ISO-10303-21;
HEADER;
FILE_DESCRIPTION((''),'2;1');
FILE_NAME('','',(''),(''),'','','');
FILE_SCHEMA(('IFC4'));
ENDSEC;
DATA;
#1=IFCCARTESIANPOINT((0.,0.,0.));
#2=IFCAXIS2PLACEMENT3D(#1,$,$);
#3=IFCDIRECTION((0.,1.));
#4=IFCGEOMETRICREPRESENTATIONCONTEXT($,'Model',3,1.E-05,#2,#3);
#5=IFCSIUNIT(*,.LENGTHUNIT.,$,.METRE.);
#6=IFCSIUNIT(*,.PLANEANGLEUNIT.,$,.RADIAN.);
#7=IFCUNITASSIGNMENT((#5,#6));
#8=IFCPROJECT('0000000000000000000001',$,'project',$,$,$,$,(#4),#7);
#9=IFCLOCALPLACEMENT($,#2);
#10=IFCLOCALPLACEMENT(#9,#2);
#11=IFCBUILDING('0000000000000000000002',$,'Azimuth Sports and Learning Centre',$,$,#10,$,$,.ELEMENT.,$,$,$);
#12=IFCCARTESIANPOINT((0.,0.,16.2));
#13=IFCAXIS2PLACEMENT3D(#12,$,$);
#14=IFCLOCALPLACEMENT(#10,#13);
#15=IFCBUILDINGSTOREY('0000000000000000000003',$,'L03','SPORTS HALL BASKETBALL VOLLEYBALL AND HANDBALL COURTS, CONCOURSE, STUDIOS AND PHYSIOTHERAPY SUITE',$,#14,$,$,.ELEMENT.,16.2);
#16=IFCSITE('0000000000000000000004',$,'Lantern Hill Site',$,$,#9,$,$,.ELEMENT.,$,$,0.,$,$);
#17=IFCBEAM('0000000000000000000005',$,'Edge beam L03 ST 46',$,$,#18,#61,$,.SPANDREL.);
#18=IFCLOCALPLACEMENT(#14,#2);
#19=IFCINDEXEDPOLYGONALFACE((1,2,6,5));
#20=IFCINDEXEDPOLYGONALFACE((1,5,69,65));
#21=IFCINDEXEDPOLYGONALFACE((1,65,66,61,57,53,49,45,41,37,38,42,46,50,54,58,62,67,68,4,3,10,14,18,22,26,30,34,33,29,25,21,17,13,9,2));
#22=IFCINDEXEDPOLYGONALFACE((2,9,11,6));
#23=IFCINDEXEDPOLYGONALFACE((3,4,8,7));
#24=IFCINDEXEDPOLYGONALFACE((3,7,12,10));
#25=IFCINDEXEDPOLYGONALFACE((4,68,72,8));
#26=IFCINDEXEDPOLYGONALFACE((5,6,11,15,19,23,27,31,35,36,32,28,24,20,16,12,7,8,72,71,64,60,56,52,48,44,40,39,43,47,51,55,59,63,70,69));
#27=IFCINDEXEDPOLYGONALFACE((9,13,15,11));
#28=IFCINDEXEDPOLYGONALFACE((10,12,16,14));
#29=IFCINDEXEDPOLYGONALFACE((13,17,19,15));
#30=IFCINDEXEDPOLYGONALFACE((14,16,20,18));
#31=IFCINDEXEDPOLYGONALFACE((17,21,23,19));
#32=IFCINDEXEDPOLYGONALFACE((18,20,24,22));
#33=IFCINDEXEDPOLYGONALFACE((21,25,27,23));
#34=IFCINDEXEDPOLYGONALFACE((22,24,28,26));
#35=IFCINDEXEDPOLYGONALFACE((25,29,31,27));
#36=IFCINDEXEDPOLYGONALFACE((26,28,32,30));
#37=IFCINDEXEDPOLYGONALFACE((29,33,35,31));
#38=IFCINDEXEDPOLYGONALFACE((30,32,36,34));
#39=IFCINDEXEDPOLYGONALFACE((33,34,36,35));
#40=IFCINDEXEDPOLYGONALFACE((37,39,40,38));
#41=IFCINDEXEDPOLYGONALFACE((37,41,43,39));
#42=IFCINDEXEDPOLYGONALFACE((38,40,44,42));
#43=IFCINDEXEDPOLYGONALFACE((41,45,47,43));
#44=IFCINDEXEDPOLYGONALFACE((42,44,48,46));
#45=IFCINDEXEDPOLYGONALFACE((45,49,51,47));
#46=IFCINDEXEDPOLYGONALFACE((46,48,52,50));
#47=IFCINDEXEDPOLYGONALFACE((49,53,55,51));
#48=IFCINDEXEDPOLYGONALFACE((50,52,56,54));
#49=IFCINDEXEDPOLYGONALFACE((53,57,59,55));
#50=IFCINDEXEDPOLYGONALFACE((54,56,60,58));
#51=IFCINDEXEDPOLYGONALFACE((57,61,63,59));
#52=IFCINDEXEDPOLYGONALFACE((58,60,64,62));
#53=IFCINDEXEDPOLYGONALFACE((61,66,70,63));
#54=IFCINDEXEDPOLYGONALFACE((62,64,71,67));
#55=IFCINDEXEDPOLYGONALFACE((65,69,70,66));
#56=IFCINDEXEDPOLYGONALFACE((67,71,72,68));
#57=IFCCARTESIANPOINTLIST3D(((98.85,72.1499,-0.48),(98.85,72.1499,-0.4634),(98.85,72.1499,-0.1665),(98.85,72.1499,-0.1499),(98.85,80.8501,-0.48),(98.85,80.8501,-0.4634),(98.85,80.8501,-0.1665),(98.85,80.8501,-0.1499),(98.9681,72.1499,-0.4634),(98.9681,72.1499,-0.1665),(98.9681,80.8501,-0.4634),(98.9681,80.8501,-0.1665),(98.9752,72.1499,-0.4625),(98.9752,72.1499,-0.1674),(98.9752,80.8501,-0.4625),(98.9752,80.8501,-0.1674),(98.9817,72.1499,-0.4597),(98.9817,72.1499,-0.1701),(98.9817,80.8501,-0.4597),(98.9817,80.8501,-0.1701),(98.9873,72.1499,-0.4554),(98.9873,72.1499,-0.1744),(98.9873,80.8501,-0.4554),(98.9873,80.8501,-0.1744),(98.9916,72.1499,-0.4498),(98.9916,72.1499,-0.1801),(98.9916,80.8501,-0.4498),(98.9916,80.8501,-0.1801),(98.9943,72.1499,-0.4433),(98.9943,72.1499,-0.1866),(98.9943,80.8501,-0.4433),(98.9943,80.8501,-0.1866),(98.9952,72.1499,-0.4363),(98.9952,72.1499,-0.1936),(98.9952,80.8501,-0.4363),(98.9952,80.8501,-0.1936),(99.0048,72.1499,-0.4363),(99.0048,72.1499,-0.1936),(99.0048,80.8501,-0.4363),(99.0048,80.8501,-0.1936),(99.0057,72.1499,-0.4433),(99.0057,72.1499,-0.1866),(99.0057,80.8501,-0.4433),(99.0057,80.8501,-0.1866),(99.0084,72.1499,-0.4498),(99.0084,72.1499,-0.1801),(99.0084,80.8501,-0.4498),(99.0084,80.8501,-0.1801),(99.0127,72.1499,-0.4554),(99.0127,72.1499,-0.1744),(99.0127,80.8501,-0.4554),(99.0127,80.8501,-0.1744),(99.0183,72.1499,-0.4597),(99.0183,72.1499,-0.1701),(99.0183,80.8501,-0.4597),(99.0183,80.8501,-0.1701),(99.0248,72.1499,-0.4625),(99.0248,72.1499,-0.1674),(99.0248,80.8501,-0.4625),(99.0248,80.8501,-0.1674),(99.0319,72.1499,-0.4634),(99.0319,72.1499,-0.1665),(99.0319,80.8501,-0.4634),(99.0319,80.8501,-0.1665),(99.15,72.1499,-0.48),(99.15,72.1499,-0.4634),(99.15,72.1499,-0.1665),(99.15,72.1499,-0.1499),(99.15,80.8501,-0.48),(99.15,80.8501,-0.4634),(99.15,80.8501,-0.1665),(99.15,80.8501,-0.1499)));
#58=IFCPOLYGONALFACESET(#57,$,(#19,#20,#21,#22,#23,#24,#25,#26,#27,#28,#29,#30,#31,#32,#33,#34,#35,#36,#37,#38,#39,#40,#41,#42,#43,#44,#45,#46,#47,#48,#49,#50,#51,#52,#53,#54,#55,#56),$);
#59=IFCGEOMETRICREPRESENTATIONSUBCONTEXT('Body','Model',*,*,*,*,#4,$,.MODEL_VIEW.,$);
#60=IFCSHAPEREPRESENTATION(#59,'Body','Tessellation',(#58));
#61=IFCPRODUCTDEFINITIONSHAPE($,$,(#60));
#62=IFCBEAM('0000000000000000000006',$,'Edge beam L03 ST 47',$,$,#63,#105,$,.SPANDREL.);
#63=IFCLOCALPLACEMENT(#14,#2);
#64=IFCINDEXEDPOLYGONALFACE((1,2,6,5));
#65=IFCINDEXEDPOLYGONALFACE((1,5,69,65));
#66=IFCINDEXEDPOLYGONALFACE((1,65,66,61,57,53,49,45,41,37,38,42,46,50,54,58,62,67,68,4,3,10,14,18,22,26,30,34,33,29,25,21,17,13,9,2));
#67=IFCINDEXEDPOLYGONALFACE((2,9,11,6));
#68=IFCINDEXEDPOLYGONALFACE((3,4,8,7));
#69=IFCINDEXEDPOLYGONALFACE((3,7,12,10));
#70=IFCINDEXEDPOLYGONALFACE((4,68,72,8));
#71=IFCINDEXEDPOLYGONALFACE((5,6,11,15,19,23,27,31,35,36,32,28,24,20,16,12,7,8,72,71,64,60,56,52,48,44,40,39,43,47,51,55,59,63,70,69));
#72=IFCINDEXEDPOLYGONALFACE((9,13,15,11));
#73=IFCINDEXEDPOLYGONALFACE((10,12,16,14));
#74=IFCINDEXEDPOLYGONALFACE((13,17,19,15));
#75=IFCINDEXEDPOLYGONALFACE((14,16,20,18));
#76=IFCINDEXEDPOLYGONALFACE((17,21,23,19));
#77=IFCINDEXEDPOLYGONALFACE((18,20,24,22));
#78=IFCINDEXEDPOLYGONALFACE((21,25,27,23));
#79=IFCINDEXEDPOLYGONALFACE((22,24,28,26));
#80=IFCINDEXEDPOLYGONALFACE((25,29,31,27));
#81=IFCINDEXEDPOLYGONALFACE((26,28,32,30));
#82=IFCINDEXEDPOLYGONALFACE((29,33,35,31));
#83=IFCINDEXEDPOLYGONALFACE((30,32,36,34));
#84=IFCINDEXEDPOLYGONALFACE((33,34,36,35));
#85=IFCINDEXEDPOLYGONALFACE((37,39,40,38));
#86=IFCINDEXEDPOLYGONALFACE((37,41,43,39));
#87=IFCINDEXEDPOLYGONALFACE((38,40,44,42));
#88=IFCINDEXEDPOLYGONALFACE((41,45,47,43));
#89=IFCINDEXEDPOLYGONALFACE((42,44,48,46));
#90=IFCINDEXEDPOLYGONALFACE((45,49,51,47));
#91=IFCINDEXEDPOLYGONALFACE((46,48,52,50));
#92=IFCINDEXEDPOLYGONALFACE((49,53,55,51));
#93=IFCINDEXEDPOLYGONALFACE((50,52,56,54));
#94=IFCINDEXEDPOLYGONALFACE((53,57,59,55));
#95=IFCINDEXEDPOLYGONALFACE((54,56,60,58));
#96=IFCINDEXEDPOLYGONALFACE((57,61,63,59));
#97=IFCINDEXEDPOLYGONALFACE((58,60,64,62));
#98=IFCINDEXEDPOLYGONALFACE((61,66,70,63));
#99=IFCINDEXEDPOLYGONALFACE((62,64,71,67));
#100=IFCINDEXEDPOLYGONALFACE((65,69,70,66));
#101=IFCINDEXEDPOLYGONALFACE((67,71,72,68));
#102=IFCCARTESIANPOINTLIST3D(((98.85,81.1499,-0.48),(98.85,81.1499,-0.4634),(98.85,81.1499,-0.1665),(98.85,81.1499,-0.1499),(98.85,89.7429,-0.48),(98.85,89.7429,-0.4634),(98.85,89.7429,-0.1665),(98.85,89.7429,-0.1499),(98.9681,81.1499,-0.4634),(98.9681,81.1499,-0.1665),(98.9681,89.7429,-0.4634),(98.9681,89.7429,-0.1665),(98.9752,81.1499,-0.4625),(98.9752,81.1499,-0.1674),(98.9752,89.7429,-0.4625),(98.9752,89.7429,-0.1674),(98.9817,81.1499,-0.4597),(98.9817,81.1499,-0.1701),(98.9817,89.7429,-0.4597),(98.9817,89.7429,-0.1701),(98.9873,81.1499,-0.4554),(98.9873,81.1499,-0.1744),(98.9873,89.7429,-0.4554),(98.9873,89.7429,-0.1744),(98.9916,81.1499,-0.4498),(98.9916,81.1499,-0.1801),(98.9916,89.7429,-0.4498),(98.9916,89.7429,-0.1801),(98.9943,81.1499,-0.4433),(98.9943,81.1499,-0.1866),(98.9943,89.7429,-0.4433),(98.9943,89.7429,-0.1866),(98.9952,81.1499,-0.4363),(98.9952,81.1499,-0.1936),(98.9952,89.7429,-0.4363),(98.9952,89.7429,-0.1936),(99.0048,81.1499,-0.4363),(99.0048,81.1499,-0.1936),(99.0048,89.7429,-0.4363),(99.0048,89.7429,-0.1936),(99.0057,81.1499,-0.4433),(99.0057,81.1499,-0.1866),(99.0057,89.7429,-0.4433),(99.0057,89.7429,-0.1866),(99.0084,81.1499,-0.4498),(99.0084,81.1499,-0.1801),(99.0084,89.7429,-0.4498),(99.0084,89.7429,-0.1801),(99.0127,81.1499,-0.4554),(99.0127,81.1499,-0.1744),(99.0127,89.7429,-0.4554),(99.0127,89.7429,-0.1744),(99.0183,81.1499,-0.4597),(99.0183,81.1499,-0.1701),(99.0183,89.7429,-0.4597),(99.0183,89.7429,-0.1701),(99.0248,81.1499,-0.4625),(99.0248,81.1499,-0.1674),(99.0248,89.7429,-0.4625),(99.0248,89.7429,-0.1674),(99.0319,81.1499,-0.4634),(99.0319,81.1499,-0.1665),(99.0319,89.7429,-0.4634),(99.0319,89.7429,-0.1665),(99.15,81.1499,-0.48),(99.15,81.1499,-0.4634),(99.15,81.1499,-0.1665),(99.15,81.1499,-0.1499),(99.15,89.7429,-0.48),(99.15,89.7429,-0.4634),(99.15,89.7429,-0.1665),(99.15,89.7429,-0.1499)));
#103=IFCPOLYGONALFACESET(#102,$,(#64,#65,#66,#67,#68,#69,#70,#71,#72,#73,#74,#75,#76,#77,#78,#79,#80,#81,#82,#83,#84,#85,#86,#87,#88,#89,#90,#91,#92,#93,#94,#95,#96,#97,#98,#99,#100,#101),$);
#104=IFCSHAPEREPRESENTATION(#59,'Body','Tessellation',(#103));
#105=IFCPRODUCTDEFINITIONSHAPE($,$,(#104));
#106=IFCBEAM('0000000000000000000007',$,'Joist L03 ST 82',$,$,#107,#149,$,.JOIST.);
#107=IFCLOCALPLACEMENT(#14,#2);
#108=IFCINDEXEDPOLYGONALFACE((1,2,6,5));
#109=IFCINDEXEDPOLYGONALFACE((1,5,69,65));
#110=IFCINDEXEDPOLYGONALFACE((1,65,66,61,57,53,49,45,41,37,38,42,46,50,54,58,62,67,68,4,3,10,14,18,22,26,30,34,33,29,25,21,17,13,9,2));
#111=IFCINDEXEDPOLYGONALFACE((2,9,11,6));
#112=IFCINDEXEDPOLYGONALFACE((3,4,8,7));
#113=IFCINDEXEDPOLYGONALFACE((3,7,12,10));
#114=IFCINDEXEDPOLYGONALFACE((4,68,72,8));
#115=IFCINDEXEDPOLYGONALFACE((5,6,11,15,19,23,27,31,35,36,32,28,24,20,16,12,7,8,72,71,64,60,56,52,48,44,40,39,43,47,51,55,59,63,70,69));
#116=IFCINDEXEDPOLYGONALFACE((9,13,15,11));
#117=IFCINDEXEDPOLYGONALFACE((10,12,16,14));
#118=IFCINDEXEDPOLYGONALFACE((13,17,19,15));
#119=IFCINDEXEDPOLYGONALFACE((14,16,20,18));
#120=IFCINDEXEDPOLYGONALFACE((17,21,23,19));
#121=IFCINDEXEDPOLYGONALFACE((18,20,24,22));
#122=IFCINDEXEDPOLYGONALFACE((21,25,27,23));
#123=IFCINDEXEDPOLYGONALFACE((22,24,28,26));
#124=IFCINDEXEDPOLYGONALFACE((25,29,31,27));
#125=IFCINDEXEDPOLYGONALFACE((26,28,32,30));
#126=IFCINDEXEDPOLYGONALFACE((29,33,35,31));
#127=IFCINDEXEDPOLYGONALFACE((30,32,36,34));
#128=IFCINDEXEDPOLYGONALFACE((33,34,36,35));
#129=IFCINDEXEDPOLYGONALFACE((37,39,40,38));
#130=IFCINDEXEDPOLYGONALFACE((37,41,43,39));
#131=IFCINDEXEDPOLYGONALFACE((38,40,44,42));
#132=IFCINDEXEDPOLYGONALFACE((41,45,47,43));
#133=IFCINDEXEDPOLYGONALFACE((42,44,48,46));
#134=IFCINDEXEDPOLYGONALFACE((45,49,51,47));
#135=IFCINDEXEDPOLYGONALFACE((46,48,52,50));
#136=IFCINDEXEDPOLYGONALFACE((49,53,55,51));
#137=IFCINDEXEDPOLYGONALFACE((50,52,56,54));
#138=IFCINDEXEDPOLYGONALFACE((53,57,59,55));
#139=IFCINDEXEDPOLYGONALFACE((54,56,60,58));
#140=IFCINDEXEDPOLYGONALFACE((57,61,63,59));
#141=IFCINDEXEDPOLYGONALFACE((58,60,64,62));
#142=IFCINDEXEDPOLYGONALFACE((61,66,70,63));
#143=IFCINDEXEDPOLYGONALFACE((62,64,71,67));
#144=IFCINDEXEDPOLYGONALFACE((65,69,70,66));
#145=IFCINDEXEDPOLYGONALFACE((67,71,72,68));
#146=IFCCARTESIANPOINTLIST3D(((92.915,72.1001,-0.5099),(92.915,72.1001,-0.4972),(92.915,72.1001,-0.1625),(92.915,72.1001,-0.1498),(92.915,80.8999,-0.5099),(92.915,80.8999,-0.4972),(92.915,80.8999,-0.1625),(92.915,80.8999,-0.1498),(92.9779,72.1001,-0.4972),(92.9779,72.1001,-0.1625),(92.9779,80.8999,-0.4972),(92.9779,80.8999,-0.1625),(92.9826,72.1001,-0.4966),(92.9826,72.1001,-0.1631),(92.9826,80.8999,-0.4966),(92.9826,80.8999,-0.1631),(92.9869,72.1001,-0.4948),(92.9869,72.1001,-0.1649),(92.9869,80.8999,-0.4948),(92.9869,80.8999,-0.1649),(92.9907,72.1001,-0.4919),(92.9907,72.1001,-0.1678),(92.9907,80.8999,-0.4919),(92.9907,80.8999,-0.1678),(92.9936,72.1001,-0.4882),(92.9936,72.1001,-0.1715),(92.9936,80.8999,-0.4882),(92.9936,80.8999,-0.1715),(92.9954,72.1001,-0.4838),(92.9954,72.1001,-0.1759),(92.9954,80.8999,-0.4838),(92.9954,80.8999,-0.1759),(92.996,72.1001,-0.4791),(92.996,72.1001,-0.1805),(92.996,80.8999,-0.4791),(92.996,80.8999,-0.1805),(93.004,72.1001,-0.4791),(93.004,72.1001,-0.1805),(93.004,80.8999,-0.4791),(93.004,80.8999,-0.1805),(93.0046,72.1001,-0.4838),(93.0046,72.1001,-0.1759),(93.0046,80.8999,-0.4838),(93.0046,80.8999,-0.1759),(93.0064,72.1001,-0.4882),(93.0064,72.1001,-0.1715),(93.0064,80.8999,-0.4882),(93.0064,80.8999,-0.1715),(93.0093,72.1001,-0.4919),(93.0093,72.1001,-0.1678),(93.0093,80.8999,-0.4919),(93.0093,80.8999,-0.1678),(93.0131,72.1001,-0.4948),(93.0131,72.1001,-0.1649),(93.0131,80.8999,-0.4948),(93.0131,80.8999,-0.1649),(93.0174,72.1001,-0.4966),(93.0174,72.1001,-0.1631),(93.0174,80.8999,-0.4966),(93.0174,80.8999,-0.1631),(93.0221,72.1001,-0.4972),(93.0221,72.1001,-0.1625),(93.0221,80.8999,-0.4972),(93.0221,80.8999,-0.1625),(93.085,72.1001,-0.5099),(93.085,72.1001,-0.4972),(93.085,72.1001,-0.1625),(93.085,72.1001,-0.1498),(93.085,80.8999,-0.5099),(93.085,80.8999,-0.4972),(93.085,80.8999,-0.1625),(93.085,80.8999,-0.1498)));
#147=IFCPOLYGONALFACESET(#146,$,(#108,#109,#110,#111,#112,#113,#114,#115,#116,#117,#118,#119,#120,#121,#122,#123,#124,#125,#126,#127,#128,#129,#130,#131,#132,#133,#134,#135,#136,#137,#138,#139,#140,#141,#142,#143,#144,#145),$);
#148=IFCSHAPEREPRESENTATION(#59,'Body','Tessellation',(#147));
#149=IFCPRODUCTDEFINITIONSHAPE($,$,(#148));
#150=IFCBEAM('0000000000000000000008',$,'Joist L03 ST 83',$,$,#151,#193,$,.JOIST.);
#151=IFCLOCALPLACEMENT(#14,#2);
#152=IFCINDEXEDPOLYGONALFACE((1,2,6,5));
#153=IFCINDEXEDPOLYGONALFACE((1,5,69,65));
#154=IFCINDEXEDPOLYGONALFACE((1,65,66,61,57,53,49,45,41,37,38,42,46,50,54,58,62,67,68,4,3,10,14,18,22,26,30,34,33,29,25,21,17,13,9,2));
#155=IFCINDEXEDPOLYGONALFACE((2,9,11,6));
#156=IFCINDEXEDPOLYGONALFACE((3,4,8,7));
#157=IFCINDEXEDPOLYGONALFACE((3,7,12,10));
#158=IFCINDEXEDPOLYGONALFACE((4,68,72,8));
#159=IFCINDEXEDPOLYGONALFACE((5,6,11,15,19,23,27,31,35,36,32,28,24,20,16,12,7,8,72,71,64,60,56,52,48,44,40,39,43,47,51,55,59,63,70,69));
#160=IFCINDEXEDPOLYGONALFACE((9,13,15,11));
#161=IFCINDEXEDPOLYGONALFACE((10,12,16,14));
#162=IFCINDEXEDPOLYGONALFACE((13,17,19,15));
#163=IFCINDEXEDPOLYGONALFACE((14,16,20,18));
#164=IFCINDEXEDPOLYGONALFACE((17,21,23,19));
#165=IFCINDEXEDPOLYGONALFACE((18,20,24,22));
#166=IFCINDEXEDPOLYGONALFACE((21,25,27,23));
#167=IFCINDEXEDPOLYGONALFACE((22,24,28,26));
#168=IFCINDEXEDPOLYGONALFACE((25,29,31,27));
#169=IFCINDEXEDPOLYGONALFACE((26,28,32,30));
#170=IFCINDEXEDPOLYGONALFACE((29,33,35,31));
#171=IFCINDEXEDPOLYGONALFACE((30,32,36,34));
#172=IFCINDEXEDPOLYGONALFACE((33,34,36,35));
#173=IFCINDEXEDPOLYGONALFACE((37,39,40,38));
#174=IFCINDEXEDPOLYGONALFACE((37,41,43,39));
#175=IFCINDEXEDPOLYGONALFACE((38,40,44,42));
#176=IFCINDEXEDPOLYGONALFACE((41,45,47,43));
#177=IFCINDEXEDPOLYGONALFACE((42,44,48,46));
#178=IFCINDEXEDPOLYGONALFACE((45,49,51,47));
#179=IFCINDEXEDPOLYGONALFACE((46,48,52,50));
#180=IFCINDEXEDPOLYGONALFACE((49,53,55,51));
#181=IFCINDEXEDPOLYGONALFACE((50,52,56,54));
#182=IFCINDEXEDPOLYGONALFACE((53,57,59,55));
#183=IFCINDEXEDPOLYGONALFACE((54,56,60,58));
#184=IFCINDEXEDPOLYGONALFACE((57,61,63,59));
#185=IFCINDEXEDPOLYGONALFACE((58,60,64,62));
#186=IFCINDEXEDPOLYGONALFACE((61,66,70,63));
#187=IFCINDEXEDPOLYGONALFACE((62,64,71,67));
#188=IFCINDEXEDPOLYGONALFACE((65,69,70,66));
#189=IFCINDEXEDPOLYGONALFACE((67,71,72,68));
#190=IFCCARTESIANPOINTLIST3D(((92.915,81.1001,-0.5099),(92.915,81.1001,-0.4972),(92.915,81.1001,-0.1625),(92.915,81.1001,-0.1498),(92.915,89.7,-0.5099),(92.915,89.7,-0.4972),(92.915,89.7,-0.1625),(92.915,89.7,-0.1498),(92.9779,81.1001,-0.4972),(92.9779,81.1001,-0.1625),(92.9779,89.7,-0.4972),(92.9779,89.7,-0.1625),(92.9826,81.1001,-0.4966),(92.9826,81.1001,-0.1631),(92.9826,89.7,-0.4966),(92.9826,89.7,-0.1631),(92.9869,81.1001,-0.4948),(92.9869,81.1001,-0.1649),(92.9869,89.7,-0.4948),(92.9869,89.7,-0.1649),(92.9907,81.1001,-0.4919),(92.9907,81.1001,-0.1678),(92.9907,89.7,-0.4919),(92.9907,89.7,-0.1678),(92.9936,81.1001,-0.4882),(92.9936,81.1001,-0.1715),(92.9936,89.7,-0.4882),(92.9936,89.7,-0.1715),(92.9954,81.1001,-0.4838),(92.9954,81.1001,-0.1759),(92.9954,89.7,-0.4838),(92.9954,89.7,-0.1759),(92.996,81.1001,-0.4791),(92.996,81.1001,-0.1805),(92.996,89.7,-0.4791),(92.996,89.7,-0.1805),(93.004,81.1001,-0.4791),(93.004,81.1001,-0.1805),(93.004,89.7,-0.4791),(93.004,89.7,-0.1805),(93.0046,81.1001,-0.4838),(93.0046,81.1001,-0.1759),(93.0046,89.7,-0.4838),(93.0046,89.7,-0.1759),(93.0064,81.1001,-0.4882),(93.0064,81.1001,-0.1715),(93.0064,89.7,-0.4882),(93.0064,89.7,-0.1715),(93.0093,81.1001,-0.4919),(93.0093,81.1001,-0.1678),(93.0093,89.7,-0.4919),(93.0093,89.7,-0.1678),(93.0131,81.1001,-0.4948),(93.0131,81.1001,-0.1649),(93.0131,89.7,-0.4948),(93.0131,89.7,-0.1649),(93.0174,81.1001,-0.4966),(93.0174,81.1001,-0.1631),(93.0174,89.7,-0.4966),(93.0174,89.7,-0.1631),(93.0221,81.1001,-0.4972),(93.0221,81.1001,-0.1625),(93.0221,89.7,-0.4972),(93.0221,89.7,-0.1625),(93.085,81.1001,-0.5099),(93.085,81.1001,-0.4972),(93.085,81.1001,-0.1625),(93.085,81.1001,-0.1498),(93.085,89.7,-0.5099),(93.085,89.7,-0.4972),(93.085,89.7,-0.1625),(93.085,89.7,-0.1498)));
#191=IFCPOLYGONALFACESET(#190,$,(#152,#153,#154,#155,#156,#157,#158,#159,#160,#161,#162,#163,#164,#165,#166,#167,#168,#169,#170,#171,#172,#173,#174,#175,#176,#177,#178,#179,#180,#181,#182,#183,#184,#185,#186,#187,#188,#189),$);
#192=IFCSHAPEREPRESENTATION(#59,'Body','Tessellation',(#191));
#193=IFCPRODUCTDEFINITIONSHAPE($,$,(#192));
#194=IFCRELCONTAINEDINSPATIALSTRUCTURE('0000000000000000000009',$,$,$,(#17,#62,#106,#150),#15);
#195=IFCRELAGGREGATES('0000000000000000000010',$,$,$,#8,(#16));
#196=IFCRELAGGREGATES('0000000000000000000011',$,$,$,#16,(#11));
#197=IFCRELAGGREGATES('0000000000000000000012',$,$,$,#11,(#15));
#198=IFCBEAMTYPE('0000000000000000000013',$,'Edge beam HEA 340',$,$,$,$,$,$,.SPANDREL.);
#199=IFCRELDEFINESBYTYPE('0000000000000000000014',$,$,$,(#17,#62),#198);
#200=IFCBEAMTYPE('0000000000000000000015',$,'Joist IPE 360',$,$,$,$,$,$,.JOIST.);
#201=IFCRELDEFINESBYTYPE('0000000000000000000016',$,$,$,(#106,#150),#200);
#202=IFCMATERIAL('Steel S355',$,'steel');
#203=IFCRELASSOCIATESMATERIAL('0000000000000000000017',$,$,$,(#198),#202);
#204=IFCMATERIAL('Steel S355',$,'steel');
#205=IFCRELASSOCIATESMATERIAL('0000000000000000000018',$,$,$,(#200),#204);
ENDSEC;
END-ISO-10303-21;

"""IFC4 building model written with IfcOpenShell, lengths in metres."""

from ifc_helpers import new_model, si_unit, direction, frame, origin, origin_2d, place, context, subcontext, project, spatial, i_section, extrude, material, material_profile, profile_set, type_object, element, save


model = new_model("IFC4")

# Units and contexts
model_context = context("Model", 3, precision=1e-05, world=origin(), true_north=direction((0.0, 1.0)))
body_context = subcontext(model_context, "Body", "Model", "MODEL_VIEW")
ifc_project = project(units=[si_unit("LENGTHUNIT", "METRE"), si_unit("PLANEANGLEUNIT", "RADIAN")], contexts=[model_context])

# Site, building, storey
site_placement = place(None, origin())
site = spatial("IfcSite", under=ifc_project, at=site_placement, Name="Lantern Hill Site", CompositionType="ELEMENT", RefElevation=0.0)
building_placement = place(site_placement, origin())
building = spatial("IfcBuilding", under=site, at=building_placement, Name="Azimuth Sports and Learning Centre", CompositionType="ELEMENT")
storey_placement = place(building_placement, frame((0.0, 0.0, 16.2)))
storey = spatial("IfcBuildingStorey", under=building, at=storey_placement, Name="L03", Description="SPORTS HALL BASKETBALL VOLLEYBALL AND HANDBALL COURTS, CONCOURSE, STUDIOS AND PHYSIOTHERAPY SUITE", CompositionType="ELEMENT", Elevation=16.2)

# Beams
ifc_material_1 = material(Name="Steel S355", Category="steel")
ifc_material_profile_1 = material_profile(ifc_material_1, i_section(OverallWidth=0.3, OverallDepth=0.3301, WebThickness=0.0095, FlangeThickness=0.0166, FilletRadius=0.0271, at=origin_2d()), Name="HEA 340")
ifc_profile_set_1 = profile_set([ifc_material_profile_1], Name="Steel S355")
beam_type_1 = type_object("IfcBeamType", Name="Edge beam HEA 340", PredefinedType="SPANDREL", material=ifc_profile_set_1)
for number, where, z_axis, x_axis, name in (
    (1, (99.0, 72.1499, -0.3149), (0.0, 1.0, 0.0), (-1.0, 0.0, 0.0), "Edge beam L03 ST 46"),
):
    element("IfcBeam", number, at=place(storey_placement, frame(where, z_axis=z_axis, x_axis=x_axis)), inside=storey, type_object=beam_type_1, Name=name, PredefinedType="SPANDREL", context=body_context, shape_type="SweptSolid", body=[
        extrude(i_section(OverallWidth=0.3, OverallDepth=0.3301, WebThickness=0.0095, FlangeThickness=0.0166, FilletRadius=0.0271, at=origin_2d()), origin(), (0.0, 0.0, 1.0), 8.7002),
    ])
beam_1_placement = place(storey_placement, frame((99.0, 81.1499, -0.3149), z_axis=(0.0, 1.0, 0.0), x_axis=(-1.0, 0.0, 0.0)))
element("IfcBeam", 2, at=beam_1_placement, inside=storey, type_object=beam_type_1, Name="Edge beam L03 ST 47", PredefinedType="SPANDREL", context=body_context, shape_type="SweptSolid", body=[
    extrude(i_section(OverallWidth=0.3, OverallDepth=0.3301, WebThickness=0.0095, FlangeThickness=0.0166, FilletRadius=0.0271, at=origin_2d()), origin(), (0.0, 0.0, 1.0), 8.593),
])
ifc_material_2 = material(Name="Steel S355", Category="steel")
ifc_material_profile_2 = material_profile(ifc_material_2, i_section(OverallWidth=0.1699, OverallDepth=0.3601, WebThickness=0.0081, FlangeThickness=0.0127, FilletRadius=0.0181, at=origin_2d()), Name="IPE 360")
ifc_profile_set_2 = profile_set([ifc_material_profile_2], Name="Steel S355")
beam_type_2 = type_object("IfcBeamType", Name="Joist IPE 360", PredefinedType="JOIST", material=ifc_profile_set_2)
beam_2_placement = place(storey_placement, frame((93.0, 72.1001, -0.3298), z_axis=(0.0, 1.0, 0.0), x_axis=(-1.0, 0.0, 0.0)))
element("IfcBeam", 3, at=beam_2_placement, inside=storey, type_object=beam_type_2, Name="Joist L03 ST 82", PredefinedType="JOIST", context=body_context, shape_type="SweptSolid", body=[
    extrude(i_section(OverallWidth=0.1699, OverallDepth=0.3601, WebThickness=0.0081, FlangeThickness=0.0127, FilletRadius=0.0181, at=origin_2d()), origin(), (0.0, 0.0, 1.0), 8.7998),
])
beam_3_placement = place(storey_placement, frame((93.0, 81.1001, -0.3298), z_axis=(0.0, 1.0, 0.0), x_axis=(-1.0, 0.0, 0.0)))
element("IfcBeam", 4, at=beam_3_placement, inside=storey, type_object=beam_type_2, Name="Joist L03 ST 83", PredefinedType="JOIST", context=body_context, shape_type="SweptSolid", body=[
    extrude(i_section(OverallWidth=0.1699, OverallDepth=0.3601, WebThickness=0.0081, FlangeThickness=0.0127, FilletRadius=0.0181, at=origin_2d()), origin(), (0.0, 0.0, 1.0), 8.5999),
])

save(model, "model.ifc")
